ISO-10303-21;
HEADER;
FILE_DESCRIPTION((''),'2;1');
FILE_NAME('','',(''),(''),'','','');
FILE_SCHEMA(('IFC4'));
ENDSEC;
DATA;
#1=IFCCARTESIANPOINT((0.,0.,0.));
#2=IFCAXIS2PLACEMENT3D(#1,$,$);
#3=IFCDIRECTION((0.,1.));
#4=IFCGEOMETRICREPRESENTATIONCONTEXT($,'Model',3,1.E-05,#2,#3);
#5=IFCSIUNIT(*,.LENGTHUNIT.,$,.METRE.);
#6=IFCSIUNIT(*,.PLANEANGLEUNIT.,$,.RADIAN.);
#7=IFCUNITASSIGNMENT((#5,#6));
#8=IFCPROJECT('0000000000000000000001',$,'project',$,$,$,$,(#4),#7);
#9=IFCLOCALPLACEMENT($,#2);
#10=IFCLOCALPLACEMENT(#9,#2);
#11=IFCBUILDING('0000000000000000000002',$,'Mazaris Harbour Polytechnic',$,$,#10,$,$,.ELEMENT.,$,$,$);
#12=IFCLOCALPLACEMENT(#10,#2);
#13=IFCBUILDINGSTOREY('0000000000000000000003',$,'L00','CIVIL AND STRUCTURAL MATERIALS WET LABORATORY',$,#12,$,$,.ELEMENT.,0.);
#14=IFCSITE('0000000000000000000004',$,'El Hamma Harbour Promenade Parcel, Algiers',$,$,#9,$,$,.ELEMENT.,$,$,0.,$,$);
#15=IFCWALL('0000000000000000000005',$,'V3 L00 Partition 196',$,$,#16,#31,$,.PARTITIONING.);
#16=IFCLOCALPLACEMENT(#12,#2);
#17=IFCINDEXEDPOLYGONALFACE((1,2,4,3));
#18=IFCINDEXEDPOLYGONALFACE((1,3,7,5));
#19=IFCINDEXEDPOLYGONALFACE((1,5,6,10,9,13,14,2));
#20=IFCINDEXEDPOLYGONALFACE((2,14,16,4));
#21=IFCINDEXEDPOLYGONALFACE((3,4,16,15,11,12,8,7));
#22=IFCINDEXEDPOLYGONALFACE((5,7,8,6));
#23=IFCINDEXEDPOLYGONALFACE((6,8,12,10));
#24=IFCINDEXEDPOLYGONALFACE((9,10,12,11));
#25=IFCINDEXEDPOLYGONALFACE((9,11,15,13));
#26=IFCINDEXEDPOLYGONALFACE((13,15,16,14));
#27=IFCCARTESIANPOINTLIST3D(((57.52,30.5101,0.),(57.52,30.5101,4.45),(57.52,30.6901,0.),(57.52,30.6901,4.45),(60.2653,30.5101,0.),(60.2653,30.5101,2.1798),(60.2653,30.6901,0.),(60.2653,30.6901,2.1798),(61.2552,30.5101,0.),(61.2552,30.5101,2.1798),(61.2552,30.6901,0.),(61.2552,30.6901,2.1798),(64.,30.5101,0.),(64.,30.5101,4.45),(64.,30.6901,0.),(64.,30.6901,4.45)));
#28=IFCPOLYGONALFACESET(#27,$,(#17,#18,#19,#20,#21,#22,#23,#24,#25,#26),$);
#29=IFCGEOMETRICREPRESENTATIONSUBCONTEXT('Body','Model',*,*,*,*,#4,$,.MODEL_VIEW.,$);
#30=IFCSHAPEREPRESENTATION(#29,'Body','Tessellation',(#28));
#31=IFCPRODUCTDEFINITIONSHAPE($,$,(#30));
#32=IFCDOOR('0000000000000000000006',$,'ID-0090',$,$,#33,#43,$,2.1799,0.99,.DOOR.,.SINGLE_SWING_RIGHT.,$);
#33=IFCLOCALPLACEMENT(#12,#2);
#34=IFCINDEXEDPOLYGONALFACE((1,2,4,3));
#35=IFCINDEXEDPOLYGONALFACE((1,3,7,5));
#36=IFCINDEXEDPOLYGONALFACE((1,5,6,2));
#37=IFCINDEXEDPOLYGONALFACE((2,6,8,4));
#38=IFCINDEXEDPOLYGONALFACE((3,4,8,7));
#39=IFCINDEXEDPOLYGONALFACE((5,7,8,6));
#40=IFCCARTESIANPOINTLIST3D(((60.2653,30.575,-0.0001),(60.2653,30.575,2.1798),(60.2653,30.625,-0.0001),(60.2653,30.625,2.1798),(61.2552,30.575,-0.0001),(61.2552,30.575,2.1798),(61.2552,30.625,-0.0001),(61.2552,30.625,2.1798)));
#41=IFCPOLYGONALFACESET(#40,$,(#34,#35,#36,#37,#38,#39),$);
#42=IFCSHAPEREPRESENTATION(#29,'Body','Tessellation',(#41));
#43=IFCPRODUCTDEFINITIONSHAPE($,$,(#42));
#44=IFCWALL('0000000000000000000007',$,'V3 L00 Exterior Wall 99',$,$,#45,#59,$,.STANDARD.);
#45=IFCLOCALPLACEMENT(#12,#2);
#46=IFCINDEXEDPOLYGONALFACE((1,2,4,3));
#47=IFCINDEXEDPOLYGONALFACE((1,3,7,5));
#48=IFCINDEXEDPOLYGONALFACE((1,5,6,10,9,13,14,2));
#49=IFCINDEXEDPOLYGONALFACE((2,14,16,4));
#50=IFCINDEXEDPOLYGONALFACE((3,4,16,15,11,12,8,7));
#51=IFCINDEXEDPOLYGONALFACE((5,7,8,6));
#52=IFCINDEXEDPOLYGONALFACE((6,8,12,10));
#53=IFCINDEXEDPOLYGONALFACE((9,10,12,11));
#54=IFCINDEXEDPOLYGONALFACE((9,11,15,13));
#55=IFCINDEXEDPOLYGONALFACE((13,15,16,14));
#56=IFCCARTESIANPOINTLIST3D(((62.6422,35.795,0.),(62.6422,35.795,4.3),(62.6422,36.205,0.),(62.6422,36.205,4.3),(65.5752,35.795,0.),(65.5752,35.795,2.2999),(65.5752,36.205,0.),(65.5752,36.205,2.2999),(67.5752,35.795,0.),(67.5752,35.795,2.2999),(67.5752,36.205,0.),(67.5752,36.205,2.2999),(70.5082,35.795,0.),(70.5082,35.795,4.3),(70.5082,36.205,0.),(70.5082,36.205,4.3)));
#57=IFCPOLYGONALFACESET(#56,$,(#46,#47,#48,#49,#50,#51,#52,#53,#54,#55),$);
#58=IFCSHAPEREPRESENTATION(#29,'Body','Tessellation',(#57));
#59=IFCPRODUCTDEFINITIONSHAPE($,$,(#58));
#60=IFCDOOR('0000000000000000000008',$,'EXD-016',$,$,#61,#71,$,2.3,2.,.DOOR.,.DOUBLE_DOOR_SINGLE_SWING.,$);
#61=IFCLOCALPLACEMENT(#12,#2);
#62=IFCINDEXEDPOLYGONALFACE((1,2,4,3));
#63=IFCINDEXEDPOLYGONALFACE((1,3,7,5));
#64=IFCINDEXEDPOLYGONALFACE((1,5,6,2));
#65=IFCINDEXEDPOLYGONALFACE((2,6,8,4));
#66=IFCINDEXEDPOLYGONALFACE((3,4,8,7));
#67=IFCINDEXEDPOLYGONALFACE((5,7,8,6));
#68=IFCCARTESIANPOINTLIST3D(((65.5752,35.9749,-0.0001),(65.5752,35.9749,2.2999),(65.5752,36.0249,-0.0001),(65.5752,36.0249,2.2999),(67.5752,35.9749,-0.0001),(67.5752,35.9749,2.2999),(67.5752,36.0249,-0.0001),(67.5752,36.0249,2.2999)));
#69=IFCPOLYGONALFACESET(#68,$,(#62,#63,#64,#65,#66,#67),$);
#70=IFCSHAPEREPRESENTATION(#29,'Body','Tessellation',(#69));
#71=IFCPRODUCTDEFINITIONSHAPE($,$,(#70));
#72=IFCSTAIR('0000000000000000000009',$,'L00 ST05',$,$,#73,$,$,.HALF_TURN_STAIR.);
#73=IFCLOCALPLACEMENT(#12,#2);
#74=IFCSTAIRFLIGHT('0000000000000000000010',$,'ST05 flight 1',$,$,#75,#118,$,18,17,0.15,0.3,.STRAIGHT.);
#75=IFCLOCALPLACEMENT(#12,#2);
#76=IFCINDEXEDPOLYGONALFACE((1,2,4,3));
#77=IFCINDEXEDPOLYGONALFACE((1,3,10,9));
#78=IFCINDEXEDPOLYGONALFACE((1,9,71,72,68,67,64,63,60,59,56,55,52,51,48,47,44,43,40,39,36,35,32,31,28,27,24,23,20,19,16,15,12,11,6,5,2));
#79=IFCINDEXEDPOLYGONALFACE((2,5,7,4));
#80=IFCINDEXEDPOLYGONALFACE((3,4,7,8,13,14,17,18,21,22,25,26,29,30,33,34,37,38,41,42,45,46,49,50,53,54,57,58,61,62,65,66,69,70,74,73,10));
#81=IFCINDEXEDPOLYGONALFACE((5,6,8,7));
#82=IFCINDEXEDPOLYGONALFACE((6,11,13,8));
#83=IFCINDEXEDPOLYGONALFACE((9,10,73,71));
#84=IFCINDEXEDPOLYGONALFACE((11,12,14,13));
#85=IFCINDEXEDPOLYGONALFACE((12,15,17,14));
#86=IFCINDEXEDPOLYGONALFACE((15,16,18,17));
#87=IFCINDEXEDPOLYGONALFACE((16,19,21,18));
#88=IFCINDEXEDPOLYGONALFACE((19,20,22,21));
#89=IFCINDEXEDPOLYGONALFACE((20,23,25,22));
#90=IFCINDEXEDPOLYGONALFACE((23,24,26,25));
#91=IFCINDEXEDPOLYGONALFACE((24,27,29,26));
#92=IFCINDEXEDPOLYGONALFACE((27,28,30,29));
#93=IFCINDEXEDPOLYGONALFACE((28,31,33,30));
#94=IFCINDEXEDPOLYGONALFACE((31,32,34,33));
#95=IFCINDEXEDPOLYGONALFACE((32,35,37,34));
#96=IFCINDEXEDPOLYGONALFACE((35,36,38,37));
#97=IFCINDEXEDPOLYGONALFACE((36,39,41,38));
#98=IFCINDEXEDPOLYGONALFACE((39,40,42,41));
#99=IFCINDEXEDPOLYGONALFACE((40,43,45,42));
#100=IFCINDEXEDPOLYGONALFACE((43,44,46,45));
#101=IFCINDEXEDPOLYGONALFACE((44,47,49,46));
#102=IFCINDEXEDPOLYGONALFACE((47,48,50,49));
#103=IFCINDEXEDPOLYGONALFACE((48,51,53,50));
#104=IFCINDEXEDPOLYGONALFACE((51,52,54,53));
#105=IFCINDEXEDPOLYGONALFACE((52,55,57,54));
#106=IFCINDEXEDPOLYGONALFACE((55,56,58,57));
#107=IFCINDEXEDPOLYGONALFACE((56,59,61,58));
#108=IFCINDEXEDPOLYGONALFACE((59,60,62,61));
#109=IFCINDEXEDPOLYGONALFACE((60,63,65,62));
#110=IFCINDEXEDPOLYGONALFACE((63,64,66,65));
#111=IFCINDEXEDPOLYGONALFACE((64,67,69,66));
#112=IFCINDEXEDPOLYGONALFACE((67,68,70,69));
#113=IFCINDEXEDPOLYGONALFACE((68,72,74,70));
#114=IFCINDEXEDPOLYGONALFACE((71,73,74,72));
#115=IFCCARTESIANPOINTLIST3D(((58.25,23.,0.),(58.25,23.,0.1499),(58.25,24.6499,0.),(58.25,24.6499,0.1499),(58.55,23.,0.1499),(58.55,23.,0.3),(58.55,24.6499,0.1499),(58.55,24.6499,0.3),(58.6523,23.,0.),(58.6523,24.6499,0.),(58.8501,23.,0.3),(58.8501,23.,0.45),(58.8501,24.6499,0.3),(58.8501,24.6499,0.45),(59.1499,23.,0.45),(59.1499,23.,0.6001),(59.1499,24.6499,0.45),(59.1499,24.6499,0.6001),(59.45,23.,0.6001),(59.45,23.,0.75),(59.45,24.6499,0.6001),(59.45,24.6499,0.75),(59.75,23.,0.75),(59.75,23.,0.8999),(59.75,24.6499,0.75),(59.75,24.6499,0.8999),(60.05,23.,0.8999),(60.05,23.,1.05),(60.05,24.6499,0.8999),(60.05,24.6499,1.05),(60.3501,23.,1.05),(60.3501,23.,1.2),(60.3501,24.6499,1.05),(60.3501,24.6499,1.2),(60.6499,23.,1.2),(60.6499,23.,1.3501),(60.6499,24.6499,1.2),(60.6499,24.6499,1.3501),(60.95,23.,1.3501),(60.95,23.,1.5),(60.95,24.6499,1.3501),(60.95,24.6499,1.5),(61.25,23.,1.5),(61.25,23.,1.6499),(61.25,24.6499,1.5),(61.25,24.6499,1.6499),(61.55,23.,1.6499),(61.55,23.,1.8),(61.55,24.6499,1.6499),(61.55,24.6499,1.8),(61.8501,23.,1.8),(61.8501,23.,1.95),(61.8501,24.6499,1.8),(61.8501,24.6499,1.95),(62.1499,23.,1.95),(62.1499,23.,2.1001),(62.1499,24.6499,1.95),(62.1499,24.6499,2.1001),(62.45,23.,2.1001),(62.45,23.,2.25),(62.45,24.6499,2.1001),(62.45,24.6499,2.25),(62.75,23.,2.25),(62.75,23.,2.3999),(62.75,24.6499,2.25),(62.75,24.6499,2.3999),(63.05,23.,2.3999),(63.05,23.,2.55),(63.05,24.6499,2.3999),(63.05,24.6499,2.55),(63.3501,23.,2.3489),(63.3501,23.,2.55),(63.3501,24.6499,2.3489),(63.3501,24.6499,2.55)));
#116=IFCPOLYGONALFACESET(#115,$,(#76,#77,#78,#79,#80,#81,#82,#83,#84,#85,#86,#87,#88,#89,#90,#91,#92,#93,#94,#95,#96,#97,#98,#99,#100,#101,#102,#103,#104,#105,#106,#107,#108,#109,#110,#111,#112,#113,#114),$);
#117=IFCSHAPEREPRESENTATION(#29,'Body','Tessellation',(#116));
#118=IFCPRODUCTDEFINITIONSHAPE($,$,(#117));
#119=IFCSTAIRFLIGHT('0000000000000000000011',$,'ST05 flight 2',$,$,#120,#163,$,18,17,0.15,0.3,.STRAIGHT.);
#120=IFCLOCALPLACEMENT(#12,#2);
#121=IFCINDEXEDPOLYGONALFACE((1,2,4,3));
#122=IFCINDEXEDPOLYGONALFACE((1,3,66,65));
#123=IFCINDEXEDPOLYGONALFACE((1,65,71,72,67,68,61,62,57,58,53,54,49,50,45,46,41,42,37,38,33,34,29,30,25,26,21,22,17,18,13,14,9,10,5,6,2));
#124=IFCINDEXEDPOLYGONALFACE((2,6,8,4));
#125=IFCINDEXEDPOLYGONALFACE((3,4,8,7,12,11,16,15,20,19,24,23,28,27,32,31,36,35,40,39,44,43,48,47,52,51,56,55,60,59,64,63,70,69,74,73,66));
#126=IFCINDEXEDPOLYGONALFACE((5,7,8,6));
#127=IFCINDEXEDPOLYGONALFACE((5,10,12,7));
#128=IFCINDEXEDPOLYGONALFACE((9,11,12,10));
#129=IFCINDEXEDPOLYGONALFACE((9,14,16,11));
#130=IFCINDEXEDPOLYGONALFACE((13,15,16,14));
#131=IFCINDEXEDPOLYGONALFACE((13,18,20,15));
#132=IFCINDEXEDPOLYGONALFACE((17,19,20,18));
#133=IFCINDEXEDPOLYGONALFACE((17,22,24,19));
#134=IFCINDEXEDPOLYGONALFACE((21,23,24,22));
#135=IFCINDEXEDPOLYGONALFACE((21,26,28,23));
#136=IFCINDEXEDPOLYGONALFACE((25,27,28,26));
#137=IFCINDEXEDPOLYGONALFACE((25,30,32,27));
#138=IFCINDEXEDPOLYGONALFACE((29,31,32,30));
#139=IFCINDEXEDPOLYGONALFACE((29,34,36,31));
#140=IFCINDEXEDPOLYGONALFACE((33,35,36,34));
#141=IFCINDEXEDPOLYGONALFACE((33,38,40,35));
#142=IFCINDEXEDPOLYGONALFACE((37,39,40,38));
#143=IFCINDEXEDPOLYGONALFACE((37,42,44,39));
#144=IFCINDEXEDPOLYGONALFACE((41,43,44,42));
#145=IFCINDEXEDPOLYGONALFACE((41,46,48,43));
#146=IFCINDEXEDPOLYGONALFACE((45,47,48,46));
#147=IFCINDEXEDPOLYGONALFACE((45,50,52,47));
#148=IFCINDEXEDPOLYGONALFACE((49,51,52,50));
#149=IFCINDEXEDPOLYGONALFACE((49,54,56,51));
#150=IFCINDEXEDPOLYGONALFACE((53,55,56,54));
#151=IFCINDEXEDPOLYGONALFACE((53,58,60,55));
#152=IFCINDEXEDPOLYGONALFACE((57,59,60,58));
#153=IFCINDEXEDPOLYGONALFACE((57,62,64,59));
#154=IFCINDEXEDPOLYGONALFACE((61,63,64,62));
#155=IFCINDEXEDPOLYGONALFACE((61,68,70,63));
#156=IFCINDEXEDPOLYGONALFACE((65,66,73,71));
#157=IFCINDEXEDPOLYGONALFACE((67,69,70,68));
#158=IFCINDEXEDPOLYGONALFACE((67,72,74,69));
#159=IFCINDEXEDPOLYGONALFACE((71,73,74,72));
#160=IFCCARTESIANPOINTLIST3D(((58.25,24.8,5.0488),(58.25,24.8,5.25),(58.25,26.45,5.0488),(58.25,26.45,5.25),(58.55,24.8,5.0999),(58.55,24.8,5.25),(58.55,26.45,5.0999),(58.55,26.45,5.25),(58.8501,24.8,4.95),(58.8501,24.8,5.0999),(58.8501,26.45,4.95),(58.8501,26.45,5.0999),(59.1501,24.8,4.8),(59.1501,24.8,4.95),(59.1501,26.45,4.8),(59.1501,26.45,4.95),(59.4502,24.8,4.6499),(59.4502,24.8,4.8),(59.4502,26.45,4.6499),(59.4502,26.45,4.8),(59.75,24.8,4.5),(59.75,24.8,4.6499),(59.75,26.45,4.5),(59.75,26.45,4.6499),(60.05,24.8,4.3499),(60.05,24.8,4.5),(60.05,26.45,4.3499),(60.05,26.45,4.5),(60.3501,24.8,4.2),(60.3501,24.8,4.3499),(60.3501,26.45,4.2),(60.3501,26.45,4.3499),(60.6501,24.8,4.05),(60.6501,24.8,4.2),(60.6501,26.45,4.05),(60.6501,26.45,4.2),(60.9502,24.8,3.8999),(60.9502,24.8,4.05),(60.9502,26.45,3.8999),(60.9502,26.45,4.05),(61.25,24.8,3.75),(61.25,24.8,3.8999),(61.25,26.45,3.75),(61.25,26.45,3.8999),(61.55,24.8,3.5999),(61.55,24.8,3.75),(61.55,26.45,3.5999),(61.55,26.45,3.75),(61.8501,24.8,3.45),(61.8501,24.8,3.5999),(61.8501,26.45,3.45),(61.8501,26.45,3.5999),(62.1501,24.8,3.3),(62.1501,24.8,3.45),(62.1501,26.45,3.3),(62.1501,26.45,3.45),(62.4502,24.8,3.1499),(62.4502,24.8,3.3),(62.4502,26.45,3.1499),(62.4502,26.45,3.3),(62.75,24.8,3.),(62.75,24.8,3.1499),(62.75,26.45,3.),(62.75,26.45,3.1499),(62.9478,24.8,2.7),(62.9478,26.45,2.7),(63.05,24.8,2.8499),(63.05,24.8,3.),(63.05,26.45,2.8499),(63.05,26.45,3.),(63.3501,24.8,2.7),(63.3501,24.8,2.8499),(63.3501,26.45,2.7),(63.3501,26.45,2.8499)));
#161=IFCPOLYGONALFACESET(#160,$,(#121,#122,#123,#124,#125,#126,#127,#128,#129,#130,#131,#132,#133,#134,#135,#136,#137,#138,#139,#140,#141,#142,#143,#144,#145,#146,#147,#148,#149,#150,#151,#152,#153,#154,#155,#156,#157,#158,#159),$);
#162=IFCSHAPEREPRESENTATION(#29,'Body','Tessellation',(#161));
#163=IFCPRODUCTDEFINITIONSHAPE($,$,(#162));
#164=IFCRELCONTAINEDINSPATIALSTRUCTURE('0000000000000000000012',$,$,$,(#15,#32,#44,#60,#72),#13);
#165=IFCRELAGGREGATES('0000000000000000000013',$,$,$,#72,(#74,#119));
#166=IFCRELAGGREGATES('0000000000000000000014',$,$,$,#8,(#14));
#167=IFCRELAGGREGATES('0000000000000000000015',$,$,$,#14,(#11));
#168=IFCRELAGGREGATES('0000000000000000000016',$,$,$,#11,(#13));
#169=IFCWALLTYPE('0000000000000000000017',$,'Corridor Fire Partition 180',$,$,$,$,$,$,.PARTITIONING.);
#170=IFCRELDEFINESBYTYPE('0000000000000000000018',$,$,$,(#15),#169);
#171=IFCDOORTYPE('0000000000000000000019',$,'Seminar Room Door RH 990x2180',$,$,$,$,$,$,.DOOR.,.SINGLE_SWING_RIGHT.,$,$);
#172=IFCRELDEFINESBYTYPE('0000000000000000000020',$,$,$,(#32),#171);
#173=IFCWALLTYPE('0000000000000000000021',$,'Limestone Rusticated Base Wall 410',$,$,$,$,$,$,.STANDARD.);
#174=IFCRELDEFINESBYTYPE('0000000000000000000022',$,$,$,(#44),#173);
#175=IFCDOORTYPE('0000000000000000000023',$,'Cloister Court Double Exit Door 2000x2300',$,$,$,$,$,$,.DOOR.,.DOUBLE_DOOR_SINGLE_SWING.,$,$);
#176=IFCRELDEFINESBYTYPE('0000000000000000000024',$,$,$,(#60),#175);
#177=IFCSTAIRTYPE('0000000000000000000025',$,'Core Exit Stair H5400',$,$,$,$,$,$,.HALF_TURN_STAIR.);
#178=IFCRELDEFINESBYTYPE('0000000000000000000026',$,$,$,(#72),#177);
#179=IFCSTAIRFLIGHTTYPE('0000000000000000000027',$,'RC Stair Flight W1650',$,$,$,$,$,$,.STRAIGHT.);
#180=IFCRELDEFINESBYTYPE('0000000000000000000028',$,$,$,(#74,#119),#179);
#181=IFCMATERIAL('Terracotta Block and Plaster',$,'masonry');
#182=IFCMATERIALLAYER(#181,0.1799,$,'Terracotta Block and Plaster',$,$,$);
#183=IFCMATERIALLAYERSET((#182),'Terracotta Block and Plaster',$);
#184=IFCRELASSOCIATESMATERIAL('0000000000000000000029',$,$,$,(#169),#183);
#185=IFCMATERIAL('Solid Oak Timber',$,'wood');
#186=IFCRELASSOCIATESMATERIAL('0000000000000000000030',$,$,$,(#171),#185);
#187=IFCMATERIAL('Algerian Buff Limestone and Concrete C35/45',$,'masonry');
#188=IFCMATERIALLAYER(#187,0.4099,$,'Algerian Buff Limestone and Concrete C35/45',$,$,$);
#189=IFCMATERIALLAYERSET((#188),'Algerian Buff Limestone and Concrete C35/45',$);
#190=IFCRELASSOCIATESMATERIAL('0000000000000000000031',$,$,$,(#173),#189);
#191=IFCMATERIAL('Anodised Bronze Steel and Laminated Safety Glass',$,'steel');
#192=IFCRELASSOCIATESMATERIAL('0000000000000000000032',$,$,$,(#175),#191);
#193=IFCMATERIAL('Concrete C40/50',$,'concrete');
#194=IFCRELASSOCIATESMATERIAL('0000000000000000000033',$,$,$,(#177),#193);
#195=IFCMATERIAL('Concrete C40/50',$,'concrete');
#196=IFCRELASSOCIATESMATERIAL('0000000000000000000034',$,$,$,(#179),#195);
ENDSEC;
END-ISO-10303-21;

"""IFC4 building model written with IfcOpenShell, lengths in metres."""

from ifc_helpers import new_model, si_unit, direction, frame, frame_2d, origin, place, context, subcontext, project, spatial, polyline, rectangle, outline, extrude, material, layer, layer_set, type_object, element, fill, aggregate, save


model = new_model("IFC4")

# Units and contexts
model_context = context("Model", 3, precision=1e-05, world=origin(), true_north=direction((0.0, 1.0)))
body_context = subcontext(model_context, "Body", "Model", "MODEL_VIEW")
ifc_project = project(units=[si_unit("LENGTHUNIT", "METRE"), si_unit("PLANEANGLEUNIT", "RADIAN")], contexts=[model_context])

# Site, building, storey
site_placement = place(None, origin())
site = spatial("IfcSite", under=ifc_project, at=site_placement, Name="El Hamma Harbour Promenade Parcel, Algiers", CompositionType="ELEMENT", RefElevation=0.0)
building_placement = place(site_placement, origin())
building = spatial("IfcBuilding", under=site, at=building_placement, Name="Mazaris Harbour Polytechnic", CompositionType="ELEMENT")
storey_placement = place(building_placement, origin())
storey = spatial("IfcBuildingStorey", under=building, at=storey_placement, Name="L00", Description="CIVIL AND STRUCTURAL MATERIALS WET LABORATORY", CompositionType="ELEMENT", Elevation=0.0)

# Walls, openings, doors
ifc_material_1 = material(Name="Terracotta Block and Plaster", Category="masonry")
ifc_layer_1 = layer(ifc_material_1, 0.1799, Name="Terracotta Block and Plaster")
ifc_layer_set_1 = layer_set([ifc_layer_1], Name="Terracotta Block and Plaster")
wall_type_1 = type_object("IfcWallType", Name="Corridor Fire Partition 180", PredefinedType="PARTITIONING", material=ifc_layer_set_1)
wall_1_placement = place(storey_placement, frame((57.52, 30.6001, 0.0), z_axis=(0.0, 0.0, 1.0), x_axis=(1.0, 0.0, 0.0)))
wall_1 = element("IfcWall", 1, at=wall_1_placement, inside=storey, type_object=wall_type_1, Name="V3 L00 Partition 196", PredefinedType="PARTITIONING", context=body_context, shape_type="SweptSolid", body=[
    extrude(rectangle(XDim=6.48, YDim=0.1799, at=frame_2d((3.24, 0.0))), origin(), (0.0, 0.0, 1.0), 4.45),
])
opening_1_placement = place(wall_1_placement, frame((2.7451, 0.0, 0.0)))
opening_1 = element("IfcOpeningElement", 2, at=opening_1_placement, cuts=wall_1, PredefinedType="OPENING", context=body_context, shape_type="SweptSolid", body=[
    extrude(rectangle(XDim=0.99, YDim=2.1799, at=frame_2d((0.4951, 1.0898))), frame((0.0, 0.0999, 0.0), z_axis=(0.0, -1.0, 0.0), x_axis=(1.0, 0.0, 0.0)), (0.0, 0.0, 1.0), 0.2),
])
ifc_material_2 = material(Name="Solid Oak Timber", Category="wood")
door_type_1 = type_object("IfcDoorType", Name="Seminar Room Door RH 990x2180", OperationType="SINGLE_SWING_RIGHT", PredefinedType="DOOR", material=ifc_material_2)
door_1_placement = place(opening_1_placement, origin())
door_1 = element("IfcDoor", 3, at=door_1_placement, inside=storey, type_object=door_type_1, Name="ID-0090", OperationType="SINGLE_SWING_RIGHT", OverallHeight=2.1799, OverallWidth=0.99, PredefinedType="DOOR", context=body_context, shape_type="SweptSolid", body=[
    extrude(rectangle(XDim=0.99, YDim=2.1799, at=frame_2d((0.4951, 1.0898))), frame((0.0, 0.0249, 0.0), z_axis=(0.0, -1.0, 0.0), x_axis=(1.0, 0.0, 0.0)), (0.0, 0.0, 1.0), 0.05),
])
fill(opening_1, door_1)
ifc_material_3 = material(Name="Algerian Buff Limestone and Concrete C35/45", Category="masonry")
ifc_layer_2 = layer(ifc_material_3, 0.4099, Name="Algerian Buff Limestone and Concrete C35/45")
ifc_layer_set_2 = layer_set([ifc_layer_2], Name="Algerian Buff Limestone and Concrete C35/45")
wall_type_2 = type_object("IfcWallType", Name="Limestone Rusticated Base Wall 410", PredefinedType="STANDARD", material=ifc_layer_set_2)
wall_2_placement = place(storey_placement, frame((62.6421, 36.0, 0.0), z_axis=(0.0, 0.0, 1.0), x_axis=(1.0, 0.0, 0.0)))
wall_2 = element("IfcWall", 4, at=wall_2_placement, inside=storey, type_object=wall_type_2, Name="V3 L00 Exterior Wall 99", PredefinedType="STANDARD", context=body_context, shape_type="SweptSolid", body=[
    extrude(rectangle(XDim=7.866, YDim=0.4099, at=frame_2d((3.9331, 0.0))), origin(), (0.0, 0.0, 1.0), 4.3),
])
opening_2_placement = place(wall_2_placement, frame((2.9331, 0.0, 0.0)))
opening_2 = element("IfcOpeningElement", 5, at=opening_2_placement, cuts=wall_2, PredefinedType="OPENING", context=body_context, shape_type="SweptSolid", body=[
    extrude(rectangle(XDim=2.0, YDim=2.3, at=frame_2d((1.0, 1.1499))), frame((0.0, 0.2148, 0.0), z_axis=(0.0, -1.0, 0.0), x_axis=(1.0, 0.0, 0.0)), (0.0, 0.0, 1.0), 0.4299),
])
ifc_material_4 = material(Name="Anodised Bronze Steel and Laminated Safety Glass", Category="steel")
door_type_2 = type_object("IfcDoorType", Name="Cloister Court Double Exit Door 2000x2300", OperationType="DOUBLE_DOOR_SINGLE_SWING", PredefinedType="DOOR", material=ifc_material_4)
door_2_placement = place(opening_2_placement, origin())
door_2 = element("IfcDoor", 6, at=door_2_placement, inside=storey, type_object=door_type_2, Name="EXD-016", OperationType="DOUBLE_DOOR_SINGLE_SWING", OverallHeight=2.3, OverallWidth=2.0, PredefinedType="DOOR", context=body_context, shape_type="SweptSolid", body=[
    extrude(rectangle(XDim=2.0, YDim=2.3, at=frame_2d((1.0, 1.1499))), frame((0.0, 0.0249, 0.0), z_axis=(0.0, -1.0, 0.0), x_axis=(1.0, 0.0, 0.0)), (0.0, 0.0, 1.0), 0.05),
])
fill(opening_2, door_2)

# Stair, stair flights
ifc_material_5 = material(Name="Concrete C40/50", Category="concrete")
stair_type = type_object("IfcStairType", Name="Core Exit Stair H5400", PredefinedType="HALF_TURN_STAIR", material=ifc_material_5)
stair_placement = place(storey_placement, origin())
stair = element("IfcStair", 7, at=stair_placement, inside=storey, type_object=stair_type, Name="L00 ST05", PredefinedType="HALF_TURN_STAIR")
ifc_material_6 = material(Name="Concrete C40/50", Category="concrete")
stair_flight_type = type_object("IfcStairFlightType", Name="RC Stair Flight W1650", PredefinedType="STRAIGHT", material=ifc_material_6)
stair_flight_1_placement = place(storey_placement, frame((58.25, 23.825, 0.0), z_axis=(0.0, 0.0, 1.0), x_axis=(1.0, 0.0, 0.0)))
stair_flight_1 = element("IfcStairFlight", 8, at=stair_flight_1_placement, type_object=stair_flight_type, Name="ST05 flight 1", NumberOfRisers=18, NumberOfTreads=17, PredefinedType="STRAIGHT", RiserHeight=0.15, TreadLength=0.3, context=body_context, shape_type="SweptSolid", body=[
    extrude(outline(polyline([(0.0, 0.0), (0.0, 0.1499), (0.3, 0.1499), (0.3, 0.3), (0.6001, 0.3), (0.6001, 0.45), (0.8999, 0.45), (0.8999, 0.6001), (1.2, 0.6001), (1.2, 0.75), (1.5, 0.75), (1.5, 0.8999), (1.8, 0.8999), (1.8, 1.05), (2.1001, 1.05), (2.1001, 1.2), (2.3999, 1.2), (2.3999, 1.3501), (2.7, 1.3501), (2.7, 1.5), (3.0, 1.5), (3.0, 1.6499), (3.3, 1.6499), (3.3, 1.8), (3.6001, 1.8), (3.6001, 1.95), (3.8999, 1.95), (3.8999, 2.1001), (4.2, 2.1001), (4.2, 2.25), (4.5, 2.25), (4.5, 2.3999), (4.8, 2.3999), (4.8, 2.55), (5.1001, 2.55), (5.1001, 2.7), (5.1001, 2.3489), (0.4023, 0.0), (0.0, 0.0)])), frame((0.0, 0.825, 0.0), z_axis=(0.0, -1.0, 0.0), x_axis=(1.0, 0.0, 0.0)), (0.0, 0.0, 1.0), 1.6499),
])
stair_flight_2_placement = place(storey_placement, frame((63.3501, 25.625, 2.7), z_axis=(0.0, 0.0, 1.0), x_axis=(-1.0, 0.0, 0.0)))
stair_flight_2 = element("IfcStairFlight", 9, at=stair_flight_2_placement, type_object=stair_flight_type, Name="ST05 flight 2", NumberOfRisers=18, NumberOfTreads=17, PredefinedType="STRAIGHT", RiserHeight=0.15, TreadLength=0.3, context=body_context, shape_type="SweptSolid", body=[
    extrude(outline(polyline([(0.0, 0.0), (0.0, 0.1499), (0.3, 0.1499), (0.3, 0.3), (0.6001, 0.3), (0.6001, 0.45), (0.8999, 0.45), (0.8999, 0.6001), (1.2, 0.6001), (1.2, 0.75), (1.5, 0.75), (1.5, 0.8999), (1.8, 0.8999), (1.8, 1.05), (2.1001, 1.05), (2.1001, 1.2), (2.3999, 1.2), (2.3999, 1.3501), (2.7, 1.3501), (2.7, 1.5), (3.0, 1.5), (3.0, 1.6499), (3.3, 1.6499), (3.3, 1.8), (3.6001, 1.8), (3.6001, 1.95), (3.8999, 1.95), (3.8999, 2.1001), (4.2, 2.1001), (4.2, 2.25), (4.5, 2.25), (4.5, 2.3999), (4.8, 2.3999), (4.8, 2.55), (5.1001, 2.55), (5.1001, 2.7), (5.1001, 2.3489), (0.4023, 0.0), (0.0, 0.0)])), frame((0.0, 0.825, 0.0), z_axis=(0.0, -1.0, 0.0), x_axis=(1.0, 0.0, 0.0)), (0.0, 0.0, 1.0), 1.6499),
])
aggregate(stair, [stair_flight_1, stair_flight_2])

save(model, "model.ifc")
